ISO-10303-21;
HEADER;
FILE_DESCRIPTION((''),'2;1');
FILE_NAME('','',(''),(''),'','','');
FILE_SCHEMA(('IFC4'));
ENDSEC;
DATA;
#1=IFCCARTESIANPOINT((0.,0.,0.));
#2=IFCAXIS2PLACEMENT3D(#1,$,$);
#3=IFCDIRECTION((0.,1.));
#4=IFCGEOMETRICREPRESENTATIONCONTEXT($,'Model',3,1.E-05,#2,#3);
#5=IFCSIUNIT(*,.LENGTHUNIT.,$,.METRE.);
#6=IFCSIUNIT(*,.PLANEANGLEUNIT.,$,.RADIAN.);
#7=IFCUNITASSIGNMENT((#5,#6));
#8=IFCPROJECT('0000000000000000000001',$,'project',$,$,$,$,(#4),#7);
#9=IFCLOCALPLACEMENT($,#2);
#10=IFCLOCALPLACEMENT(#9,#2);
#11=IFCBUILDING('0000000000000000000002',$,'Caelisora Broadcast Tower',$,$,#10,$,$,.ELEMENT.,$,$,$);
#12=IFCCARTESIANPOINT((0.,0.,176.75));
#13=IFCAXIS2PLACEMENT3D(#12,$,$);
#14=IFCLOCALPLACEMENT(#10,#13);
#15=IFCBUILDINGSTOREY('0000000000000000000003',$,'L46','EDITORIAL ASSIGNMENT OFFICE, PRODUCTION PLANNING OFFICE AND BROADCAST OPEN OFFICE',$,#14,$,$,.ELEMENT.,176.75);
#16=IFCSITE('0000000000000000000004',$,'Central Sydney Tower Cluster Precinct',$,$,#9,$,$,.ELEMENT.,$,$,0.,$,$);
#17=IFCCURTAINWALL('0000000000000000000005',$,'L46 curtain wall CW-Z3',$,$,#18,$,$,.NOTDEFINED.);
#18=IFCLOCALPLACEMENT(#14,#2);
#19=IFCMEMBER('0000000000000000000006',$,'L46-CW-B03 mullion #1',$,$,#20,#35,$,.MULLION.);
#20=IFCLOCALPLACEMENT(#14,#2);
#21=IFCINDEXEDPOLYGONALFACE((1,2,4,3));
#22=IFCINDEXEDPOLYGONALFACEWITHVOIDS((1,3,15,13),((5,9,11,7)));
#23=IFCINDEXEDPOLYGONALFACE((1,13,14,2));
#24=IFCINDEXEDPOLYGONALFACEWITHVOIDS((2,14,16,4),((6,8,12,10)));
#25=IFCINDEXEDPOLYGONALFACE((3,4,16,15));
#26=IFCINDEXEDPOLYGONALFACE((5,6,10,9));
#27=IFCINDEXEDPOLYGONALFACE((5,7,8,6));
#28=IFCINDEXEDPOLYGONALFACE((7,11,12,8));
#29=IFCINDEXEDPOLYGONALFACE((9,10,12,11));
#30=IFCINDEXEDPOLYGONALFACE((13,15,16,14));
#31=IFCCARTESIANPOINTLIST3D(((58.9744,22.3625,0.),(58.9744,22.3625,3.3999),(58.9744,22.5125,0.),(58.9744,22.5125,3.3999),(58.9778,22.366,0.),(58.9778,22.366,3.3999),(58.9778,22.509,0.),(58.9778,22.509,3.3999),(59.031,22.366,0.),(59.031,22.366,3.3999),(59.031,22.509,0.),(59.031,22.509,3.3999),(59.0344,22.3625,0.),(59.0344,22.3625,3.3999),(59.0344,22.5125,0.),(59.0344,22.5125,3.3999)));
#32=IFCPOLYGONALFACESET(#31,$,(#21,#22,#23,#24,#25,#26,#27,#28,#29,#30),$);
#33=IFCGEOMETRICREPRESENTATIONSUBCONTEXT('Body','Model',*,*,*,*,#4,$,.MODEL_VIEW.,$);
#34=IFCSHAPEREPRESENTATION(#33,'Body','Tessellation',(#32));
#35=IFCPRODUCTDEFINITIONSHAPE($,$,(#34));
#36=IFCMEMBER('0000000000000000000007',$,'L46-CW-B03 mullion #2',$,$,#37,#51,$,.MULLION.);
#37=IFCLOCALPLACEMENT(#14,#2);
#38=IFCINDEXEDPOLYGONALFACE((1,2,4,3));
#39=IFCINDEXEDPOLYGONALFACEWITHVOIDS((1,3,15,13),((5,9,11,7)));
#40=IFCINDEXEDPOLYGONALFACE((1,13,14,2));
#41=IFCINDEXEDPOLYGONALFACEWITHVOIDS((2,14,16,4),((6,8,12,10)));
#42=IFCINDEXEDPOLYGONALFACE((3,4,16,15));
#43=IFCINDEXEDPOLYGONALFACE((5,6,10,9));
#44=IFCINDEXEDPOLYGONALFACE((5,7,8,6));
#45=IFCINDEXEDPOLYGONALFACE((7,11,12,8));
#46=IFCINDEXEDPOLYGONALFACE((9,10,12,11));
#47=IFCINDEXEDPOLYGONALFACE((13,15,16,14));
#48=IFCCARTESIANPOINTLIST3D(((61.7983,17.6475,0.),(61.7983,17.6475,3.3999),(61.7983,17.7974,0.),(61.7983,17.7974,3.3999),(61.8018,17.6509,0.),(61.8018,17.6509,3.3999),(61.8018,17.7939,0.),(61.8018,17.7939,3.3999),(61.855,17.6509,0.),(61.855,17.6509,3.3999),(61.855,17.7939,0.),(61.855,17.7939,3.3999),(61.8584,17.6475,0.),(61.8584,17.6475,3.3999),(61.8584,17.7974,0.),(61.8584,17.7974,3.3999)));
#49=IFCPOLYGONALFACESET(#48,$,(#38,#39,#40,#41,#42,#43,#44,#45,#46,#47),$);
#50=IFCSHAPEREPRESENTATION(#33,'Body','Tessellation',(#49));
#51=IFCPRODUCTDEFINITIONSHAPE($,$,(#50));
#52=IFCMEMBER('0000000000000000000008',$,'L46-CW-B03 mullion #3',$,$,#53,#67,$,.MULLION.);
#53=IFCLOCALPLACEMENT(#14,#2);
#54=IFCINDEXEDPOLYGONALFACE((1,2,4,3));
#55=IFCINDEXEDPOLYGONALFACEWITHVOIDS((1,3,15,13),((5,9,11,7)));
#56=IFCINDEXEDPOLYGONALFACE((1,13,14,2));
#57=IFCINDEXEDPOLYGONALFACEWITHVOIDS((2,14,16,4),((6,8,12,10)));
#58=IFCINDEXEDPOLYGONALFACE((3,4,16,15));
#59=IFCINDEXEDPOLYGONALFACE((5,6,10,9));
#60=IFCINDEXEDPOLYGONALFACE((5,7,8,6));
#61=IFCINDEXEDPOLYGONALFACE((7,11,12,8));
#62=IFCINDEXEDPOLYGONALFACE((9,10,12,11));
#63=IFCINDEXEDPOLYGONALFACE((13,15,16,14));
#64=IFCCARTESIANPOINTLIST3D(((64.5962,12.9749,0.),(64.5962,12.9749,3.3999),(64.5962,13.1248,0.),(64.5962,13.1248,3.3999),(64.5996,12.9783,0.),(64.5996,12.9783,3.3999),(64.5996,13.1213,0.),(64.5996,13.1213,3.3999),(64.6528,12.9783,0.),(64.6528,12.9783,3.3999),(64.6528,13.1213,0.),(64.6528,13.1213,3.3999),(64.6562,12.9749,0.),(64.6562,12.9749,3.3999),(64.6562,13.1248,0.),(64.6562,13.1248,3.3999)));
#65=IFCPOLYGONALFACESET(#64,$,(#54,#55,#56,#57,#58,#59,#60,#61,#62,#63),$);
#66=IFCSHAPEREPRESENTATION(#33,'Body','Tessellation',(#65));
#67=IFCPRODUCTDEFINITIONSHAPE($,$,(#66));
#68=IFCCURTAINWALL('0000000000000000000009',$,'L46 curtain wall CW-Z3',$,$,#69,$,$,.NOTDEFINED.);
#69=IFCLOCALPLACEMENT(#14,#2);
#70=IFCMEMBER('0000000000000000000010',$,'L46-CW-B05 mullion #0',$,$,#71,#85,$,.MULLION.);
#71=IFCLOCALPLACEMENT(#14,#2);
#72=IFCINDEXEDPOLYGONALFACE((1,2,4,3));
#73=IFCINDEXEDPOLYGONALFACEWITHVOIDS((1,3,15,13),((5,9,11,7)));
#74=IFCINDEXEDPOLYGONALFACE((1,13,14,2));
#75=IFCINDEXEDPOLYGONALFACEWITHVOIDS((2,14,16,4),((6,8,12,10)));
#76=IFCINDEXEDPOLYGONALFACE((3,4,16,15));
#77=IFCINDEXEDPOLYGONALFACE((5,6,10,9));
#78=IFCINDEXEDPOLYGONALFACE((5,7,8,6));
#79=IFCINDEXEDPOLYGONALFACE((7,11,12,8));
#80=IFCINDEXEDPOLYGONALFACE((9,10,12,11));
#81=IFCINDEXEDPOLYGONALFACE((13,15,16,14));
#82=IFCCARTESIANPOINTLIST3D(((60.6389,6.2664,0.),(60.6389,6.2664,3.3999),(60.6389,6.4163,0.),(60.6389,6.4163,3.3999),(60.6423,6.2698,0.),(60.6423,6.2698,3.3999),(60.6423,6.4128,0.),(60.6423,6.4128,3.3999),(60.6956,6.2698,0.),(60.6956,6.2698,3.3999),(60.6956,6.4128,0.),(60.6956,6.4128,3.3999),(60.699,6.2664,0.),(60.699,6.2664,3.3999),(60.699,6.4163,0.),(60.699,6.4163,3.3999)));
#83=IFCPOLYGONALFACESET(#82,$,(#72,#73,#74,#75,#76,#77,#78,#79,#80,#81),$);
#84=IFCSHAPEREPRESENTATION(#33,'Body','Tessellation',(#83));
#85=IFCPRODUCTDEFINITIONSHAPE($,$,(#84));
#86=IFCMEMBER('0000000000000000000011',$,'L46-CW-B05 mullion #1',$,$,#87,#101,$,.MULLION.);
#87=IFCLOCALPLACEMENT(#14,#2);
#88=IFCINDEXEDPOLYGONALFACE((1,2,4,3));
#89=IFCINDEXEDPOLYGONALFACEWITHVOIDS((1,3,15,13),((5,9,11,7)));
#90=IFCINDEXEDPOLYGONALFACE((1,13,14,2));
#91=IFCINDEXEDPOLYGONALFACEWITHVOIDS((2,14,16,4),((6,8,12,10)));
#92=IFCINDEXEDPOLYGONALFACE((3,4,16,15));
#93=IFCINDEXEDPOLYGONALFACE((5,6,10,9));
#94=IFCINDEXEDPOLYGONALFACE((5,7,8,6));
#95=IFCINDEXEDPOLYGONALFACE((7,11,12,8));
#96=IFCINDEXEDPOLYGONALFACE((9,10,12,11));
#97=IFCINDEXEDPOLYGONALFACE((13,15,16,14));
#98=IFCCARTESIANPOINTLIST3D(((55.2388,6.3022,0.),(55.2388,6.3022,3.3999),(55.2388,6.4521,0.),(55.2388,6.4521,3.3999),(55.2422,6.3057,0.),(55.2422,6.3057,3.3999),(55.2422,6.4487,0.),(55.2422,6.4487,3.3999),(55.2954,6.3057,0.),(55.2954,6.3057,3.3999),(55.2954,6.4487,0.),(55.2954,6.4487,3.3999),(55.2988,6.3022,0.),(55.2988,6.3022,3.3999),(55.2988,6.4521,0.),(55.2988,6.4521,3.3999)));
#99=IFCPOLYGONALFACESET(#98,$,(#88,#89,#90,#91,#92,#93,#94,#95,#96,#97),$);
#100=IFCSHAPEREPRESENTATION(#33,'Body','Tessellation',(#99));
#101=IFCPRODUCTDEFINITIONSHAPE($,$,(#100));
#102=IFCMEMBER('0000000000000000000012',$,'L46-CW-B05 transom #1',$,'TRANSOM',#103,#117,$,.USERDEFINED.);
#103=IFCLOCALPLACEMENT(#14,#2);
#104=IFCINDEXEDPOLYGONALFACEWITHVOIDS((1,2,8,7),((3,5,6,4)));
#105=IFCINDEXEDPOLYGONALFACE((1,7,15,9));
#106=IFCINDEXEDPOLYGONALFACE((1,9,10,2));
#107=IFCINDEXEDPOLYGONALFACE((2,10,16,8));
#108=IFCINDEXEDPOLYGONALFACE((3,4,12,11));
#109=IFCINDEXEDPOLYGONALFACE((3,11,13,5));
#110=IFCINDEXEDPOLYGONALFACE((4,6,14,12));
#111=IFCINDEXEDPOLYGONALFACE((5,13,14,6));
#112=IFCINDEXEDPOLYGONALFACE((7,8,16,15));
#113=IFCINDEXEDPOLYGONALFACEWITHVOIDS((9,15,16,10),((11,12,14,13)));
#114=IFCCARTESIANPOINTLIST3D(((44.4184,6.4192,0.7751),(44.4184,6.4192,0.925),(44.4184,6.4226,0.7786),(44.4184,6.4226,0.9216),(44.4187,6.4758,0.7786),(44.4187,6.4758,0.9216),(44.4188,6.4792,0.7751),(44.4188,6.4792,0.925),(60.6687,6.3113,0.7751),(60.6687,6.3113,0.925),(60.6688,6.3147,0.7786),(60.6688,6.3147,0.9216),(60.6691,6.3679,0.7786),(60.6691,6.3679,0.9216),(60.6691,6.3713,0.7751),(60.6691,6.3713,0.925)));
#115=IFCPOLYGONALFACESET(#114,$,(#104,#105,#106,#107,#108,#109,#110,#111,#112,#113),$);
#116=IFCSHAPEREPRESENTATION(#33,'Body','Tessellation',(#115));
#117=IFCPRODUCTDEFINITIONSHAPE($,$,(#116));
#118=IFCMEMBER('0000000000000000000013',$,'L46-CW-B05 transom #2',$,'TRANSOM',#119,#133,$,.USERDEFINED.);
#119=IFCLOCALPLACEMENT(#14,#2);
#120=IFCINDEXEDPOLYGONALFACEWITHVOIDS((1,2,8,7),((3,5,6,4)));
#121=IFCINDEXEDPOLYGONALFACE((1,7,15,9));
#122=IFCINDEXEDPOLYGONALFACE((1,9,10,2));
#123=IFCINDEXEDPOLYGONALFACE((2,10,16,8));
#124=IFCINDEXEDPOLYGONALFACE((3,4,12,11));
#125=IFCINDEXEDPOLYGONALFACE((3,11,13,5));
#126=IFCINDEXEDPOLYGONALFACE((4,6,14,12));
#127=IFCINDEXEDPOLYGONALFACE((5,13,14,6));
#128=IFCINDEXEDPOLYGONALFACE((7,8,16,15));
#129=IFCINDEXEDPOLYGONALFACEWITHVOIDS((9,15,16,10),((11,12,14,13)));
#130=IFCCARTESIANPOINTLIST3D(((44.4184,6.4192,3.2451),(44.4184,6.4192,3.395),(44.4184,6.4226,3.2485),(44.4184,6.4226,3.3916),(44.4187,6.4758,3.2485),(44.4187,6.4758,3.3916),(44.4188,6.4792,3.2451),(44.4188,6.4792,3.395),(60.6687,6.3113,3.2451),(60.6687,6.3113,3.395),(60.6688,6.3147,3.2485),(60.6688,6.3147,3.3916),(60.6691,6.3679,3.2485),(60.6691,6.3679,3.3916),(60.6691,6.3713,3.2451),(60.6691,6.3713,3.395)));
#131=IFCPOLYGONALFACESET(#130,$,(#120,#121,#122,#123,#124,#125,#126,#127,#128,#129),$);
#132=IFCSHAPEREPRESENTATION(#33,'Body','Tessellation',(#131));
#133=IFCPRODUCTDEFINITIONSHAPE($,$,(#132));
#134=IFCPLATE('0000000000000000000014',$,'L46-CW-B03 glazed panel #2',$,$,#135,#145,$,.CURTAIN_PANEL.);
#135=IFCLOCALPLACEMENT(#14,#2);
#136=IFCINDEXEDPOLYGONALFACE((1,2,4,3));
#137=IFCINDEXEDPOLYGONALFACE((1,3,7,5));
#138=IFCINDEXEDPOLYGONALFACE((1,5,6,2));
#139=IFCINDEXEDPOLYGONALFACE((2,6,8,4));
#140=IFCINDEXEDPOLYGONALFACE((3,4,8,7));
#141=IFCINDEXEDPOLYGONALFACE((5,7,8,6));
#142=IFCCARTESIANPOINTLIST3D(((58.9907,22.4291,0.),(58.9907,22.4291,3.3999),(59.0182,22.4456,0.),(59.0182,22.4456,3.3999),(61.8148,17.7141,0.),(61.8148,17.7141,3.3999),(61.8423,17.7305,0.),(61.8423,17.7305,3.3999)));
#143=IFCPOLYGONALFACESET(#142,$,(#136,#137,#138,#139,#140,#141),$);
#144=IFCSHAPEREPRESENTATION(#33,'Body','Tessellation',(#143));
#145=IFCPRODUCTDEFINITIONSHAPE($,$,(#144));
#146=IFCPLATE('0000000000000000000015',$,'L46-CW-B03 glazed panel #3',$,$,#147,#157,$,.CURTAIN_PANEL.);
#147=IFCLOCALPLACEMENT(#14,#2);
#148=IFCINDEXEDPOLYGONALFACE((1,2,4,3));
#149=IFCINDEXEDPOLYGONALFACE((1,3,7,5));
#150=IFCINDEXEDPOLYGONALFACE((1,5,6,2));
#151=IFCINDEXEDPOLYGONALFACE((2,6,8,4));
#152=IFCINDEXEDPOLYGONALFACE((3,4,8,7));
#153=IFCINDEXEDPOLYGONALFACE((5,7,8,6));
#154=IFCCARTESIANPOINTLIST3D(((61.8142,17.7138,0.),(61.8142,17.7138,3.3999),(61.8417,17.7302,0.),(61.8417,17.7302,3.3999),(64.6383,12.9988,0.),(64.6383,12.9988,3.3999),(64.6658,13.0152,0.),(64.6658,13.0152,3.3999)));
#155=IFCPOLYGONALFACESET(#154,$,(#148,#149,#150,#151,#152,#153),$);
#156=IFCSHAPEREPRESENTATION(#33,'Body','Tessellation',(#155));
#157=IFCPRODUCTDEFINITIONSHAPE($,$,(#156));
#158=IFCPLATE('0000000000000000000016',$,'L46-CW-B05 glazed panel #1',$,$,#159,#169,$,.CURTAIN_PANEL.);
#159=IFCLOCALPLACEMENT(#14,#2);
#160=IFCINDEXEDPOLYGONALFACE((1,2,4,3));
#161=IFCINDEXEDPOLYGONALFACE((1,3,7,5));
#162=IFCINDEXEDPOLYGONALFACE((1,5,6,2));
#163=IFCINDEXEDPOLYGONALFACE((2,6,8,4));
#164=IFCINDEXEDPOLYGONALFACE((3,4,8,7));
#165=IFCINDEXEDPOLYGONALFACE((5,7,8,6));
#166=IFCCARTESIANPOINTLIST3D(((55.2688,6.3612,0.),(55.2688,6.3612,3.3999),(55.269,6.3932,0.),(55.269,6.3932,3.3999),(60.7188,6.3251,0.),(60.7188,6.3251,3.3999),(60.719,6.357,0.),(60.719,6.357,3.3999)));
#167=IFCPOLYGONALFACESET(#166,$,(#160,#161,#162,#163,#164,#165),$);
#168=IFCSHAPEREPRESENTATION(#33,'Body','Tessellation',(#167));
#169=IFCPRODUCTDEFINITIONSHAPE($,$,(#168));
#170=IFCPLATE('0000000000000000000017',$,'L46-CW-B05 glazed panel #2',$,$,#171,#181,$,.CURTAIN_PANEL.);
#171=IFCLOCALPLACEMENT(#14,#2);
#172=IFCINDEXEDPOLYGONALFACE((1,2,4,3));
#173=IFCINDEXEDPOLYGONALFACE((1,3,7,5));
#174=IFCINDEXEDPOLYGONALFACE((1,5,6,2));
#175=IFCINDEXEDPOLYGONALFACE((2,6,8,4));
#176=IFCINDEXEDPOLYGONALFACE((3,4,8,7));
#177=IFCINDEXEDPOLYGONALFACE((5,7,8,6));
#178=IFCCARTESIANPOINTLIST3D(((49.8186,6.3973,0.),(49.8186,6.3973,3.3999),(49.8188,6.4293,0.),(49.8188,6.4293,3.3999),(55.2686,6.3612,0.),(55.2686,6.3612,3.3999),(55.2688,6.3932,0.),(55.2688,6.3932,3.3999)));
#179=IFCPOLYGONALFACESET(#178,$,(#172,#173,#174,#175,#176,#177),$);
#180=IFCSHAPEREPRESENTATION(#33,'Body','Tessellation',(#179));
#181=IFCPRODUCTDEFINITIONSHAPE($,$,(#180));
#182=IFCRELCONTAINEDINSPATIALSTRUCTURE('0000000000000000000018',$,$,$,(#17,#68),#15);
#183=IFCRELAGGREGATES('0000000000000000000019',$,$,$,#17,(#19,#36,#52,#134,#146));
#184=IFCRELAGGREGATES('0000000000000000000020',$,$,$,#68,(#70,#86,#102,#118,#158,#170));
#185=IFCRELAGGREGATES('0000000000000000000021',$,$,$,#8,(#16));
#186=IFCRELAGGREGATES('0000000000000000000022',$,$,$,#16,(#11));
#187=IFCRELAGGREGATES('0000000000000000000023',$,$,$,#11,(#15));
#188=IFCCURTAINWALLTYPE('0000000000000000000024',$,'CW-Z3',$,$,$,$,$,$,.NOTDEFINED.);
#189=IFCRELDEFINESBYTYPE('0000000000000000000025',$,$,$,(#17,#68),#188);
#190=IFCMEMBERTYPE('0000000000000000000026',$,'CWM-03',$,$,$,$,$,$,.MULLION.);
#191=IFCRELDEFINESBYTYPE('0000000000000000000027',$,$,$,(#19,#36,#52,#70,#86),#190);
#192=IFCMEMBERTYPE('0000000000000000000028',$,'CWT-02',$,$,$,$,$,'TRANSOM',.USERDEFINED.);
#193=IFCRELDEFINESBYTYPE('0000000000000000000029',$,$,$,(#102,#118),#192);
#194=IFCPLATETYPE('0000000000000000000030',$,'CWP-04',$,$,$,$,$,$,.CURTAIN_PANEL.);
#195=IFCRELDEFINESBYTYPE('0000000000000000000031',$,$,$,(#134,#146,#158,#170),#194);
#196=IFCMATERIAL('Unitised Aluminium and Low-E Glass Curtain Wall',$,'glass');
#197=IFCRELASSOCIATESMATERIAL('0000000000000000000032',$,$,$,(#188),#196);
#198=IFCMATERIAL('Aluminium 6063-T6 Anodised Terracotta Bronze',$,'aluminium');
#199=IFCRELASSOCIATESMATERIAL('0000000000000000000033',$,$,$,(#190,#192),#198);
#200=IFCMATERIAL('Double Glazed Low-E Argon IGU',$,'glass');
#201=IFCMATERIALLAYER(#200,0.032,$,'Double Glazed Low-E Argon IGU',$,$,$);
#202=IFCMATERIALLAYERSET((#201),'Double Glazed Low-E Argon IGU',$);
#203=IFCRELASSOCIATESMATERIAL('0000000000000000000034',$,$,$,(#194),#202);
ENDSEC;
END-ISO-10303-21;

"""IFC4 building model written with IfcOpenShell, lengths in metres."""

from ifc_helpers import new_model, si_unit, direction, frame, origin, origin_2d, place, context, subcontext, project, spatial, rectangle, hollow_rectangle, extrude, source, transform, mapped, material, layer, layer_set, material_profile, profile_set, type_object, type_shapes, element, aggregate, save


model = new_model("IFC4")

# Units and contexts
model_context = context("Model", 3, precision=1e-05, world=origin(), true_north=direction((0.0, 1.0)))
body_context = subcontext(model_context, "Body", "Model", "MODEL_VIEW")
ifc_project = project(units=[si_unit("LENGTHUNIT", "METRE"), si_unit("PLANEANGLEUNIT", "RADIAN")], contexts=[model_context])

# Site, building, storey
site_placement = place(None, origin())
site = spatial("IfcSite", under=ifc_project, at=site_placement, Name="Central Sydney Tower Cluster Precinct", CompositionType="ELEMENT", RefElevation=0.0)
building_placement = place(site_placement, origin())
building = spatial("IfcBuilding", under=site, at=building_placement, Name="Caelisora Broadcast Tower", CompositionType="ELEMENT")
storey_placement = place(building_placement, frame((0.0, 0.0, 176.75)))
storey = spatial("IfcBuildingStorey", under=building, at=storey_placement, Name="L46", Description="EDITORIAL ASSIGNMENT OFFICE, PRODUCTION PLANNING OFFICE AND BROADCAST OPEN OFFICE", CompositionType="ELEMENT", Elevation=176.75)

# Curtain walls, members
ifc_material_1 = material(Name="Unitised Aluminium and Low-E Glass Curtain Wall", Category="glass")
curtain_wall_type = type_object("IfcCurtainWallType", Name="CW-Z3", PredefinedType="NOTDEFINED", material=ifc_material_1)
curtain_wall_1_placement = place(storey_placement, origin())
curtain_wall_1 = element("IfcCurtainWall", 1, at=curtain_wall_1_placement, inside=storey, type_object=curtain_wall_type, Name="L46 curtain wall CW-Z3", PredefinedType="NOTDEFINED")
ifc_material_2 = material(Name="Aluminium 6063-T6 Anodised Terracotta Bronze", Category="aluminium")
ifc_material_profile_1 = material_profile(ifc_material_2, hollow_rectangle(XDim=0.0601, YDim=0.1499, WallThickness=0.0034, at=origin_2d()), Name="Aluminium 6063-T6 Anodised Terracotta Bronze")
ifc_profile_set_1 = profile_set([ifc_material_profile_1], Name="Aluminium 6063-T6 Anodised Terracotta Bronze")
member_type_1 = type_object("IfcMemberType", Name="CWM-03", PredefinedType="MULLION", material=ifc_profile_set_1)
shared_shape_1 = source(origin(), body_context, "Body", "SweptSolid", [
    extrude(hollow_rectangle(XDim=0.0601, YDim=0.1499, WallThickness=0.0034, at=origin_2d()), origin(), (0.0, 0.0, 1.0), 3.3999),
])
type_shapes(member_type_1, [shared_shape_1])
member_1_placement = place(storey_placement, frame((59.0044, 22.4375, 0.0), z_axis=(0.0, 0.0, 1.0), x_axis=(1.0, 0.0, 0.0)))
member_1 = element("IfcMember", 2, at=member_1_placement, type_object=member_type_1, Name="L46-CW-B03 mullion #1", PredefinedType="MULLION", context=body_context, shape_type="MappedRepresentation", body=[
    mapped(shared_shape_1, transform((0.0, 0.0, 0.0), scale=1.0)),
])
member_2_placement = place(storey_placement, frame((61.8284, 17.7224, 0.0), z_axis=(0.0, 0.0, 1.0), x_axis=(1.0, 0.0, 0.0)))
member_2 = element("IfcMember", 3, at=member_2_placement, type_object=member_type_1, Name="L46-CW-B03 mullion #2", PredefinedType="MULLION", context=body_context, shape_type="MappedRepresentation", body=[
    mapped(shared_shape_1, transform((0.0, 0.0, 0.0), scale=1.0)),
])
member_3_placement = place(storey_placement, frame((64.6262, 13.0498, 0.0), z_axis=(0.0, 0.0, 1.0), x_axis=(1.0, 0.0, 0.0)))
member_3 = element("IfcMember", 4, at=member_3_placement, type_object=member_type_1, Name="L46-CW-B03 mullion #3", PredefinedType="MULLION", context=body_context, shape_type="MappedRepresentation", body=[
    mapped(shared_shape_1, transform((0.0, 0.0, 0.0), scale=1.0)),
])
curtain_wall_2_placement = place(storey_placement, origin())
curtain_wall_2 = element("IfcCurtainWall", 5, at=curtain_wall_2_placement, inside=storey, type_object=curtain_wall_type, Name="L46 curtain wall CW-Z3", PredefinedType="NOTDEFINED")
member_4_placement = place(storey_placement, frame((60.6689, 6.3413, 0.0), z_axis=(0.0, 0.0, 1.0), x_axis=(1.0, 0.0, 0.0)))
member_4 = element("IfcMember", 6, at=member_4_placement, type_object=member_type_1, Name="L46-CW-B05 mullion #0", PredefinedType="MULLION", context=body_context, shape_type="MappedRepresentation", body=[
    mapped(shared_shape_1, transform((0.0, 0.0, 0.0), scale=1.0)),
])
member_5_placement = place(storey_placement, frame((55.2688, 6.3772, 0.0), z_axis=(0.0, 0.0, 1.0), x_axis=(1.0, 0.0, 0.0)))
member_5 = element("IfcMember", 7, at=member_5_placement, type_object=member_type_1, Name="L46-CW-B05 mullion #1", PredefinedType="MULLION", context=body_context, shape_type="MappedRepresentation", body=[
    mapped(shared_shape_1, transform((0.0, 0.0, 0.0), scale=1.0)),
])
ifc_material_profile_2 = material_profile(ifc_material_2, hollow_rectangle(XDim=0.0601, YDim=0.1499, WallThickness=0.0034, at=origin_2d()), Name="Aluminium 6063-T6 Anodised Terracotta Bronze")
ifc_profile_set_2 = profile_set([ifc_material_profile_2], Name="Aluminium 6063-T6 Anodised Terracotta Bronze")
member_type_2 = type_object("IfcMemberType", Name="CWT-02", ElementType="TRANSOM", PredefinedType="USERDEFINED", material=ifc_profile_set_2)
shared_shape_2 = source(origin(), body_context, "Body", "SweptSolid", [
    extrude(hollow_rectangle(XDim=0.0601, YDim=0.1499, WallThickness=0.0034, at=origin_2d()), origin(), (0.0, 0.0, 1.0), 16.2507),
])
type_shapes(member_type_2, [shared_shape_2])
member_6_placement = place(storey_placement, frame((60.6689, 6.3413, 0.8501), z_axis=(-0.999978, 0.00664, 0.0), x_axis=(-0.00664, -0.999978, 0.0)))
member_6 = element("IfcMember", 8, at=member_6_placement, type_object=member_type_2, Name="L46-CW-B05 transom #1", ObjectType="TRANSOM", PredefinedType="USERDEFINED", context=body_context, shape_type="MappedRepresentation", body=[
    mapped(shared_shape_2, transform((0.0, 0.0, 0.0), scale=1.0)),
])
member_7_placement = place(storey_placement, frame((60.6689, 6.3413, 3.3201), z_axis=(-0.999978, 0.00664, 0.0), x_axis=(-0.00664, -0.999978, 0.0)))
member_7 = element("IfcMember", 9, at=member_7_placement, type_object=member_type_2, Name="L46-CW-B05 transom #2", ObjectType="TRANSOM", PredefinedType="USERDEFINED", context=body_context, shape_type="MappedRepresentation", body=[
    mapped(shared_shape_2, transform((0.0, 0.0, 0.0), scale=1.0)),
])

# Plates
ifc_material_3 = material(Name="Double Glazed Low-E Argon IGU", Category="glass")
ifc_layer_1 = layer(ifc_material_3, 0.032, Name="Double Glazed Low-E Argon IGU")
ifc_layer_set_1 = layer_set([ifc_layer_1], Name="Double Glazed Low-E Argon IGU")
plate_type = type_object("IfcPlateType", Name="CWP-04", PredefinedType="CURTAIN_PANEL", material=ifc_layer_set_1)
shared_shape_3 = source(origin(), body_context, "Body", "SweptSolid", [
    extrude(rectangle(XDim=5.4961, YDim=0.032, at=origin_2d()), origin(), (0.0, 0.0, 1.0), 3.3999),
])
plate_1_placement = place(storey_placement, frame((60.4165, 20.0798, 0.0), z_axis=(0.0, 0.0, 1.0), x_axis=(0.513841, -0.857886, 0.0)))
plate_1 = element("IfcPlate", 10, at=plate_1_placement, type_object=plate_type, Name="L46-CW-B03 glazed panel #2", PredefinedType="CURTAIN_PANEL", context=body_context, shape_type="MappedRepresentation", body=[
    mapped(shared_shape_3, transform((0.0, 0.0, 0.0), scale=1.0)),
])
plate_2_placement = place(storey_placement, frame((63.24, 15.3645, 0.0), z_axis=(0.0, 0.0, 1.0), x_axis=(0.513841, -0.857886, 0.0)))
plate_2 = element("IfcPlate", 11, at=plate_2_placement, type_object=plate_type, Name="L46-CW-B03 glazed panel #3", PredefinedType="CURTAIN_PANEL", context=body_context, shape_type="MappedRepresentation", body=[
    mapped(shared_shape_3, transform((0.0, 0.0, 0.0), scale=1.0)),
])
aggregate(curtain_wall_1, [member_1, member_2, member_3, plate_1, plate_2])
shared_shape_4 = source(origin(), body_context, "Body", "SweptSolid", [
    extrude(rectangle(XDim=5.4502, YDim=0.032, at=origin_2d()), origin(), (0.0, 0.0, 1.0), 3.3999),
])
type_shapes(plate_type, [shared_shape_3, shared_shape_4])
plate_3_placement = place(storey_placement, frame((57.9939, 6.3591, 0.0), z_axis=(0.0, 0.0, 1.0), x_axis=(-0.999978, 0.006632, 0.0)))
plate_3 = element("IfcPlate", 12, at=plate_3_placement, type_object=plate_type, Name="L46-CW-B05 glazed panel #1", PredefinedType="CURTAIN_PANEL", context=body_context, shape_type="MappedRepresentation", body=[
    mapped(shared_shape_4, transform((0.0, 0.0, 0.0), scale=1.0)),
])
plate_4_placement = place(storey_placement, frame((52.5437, 6.3953, 0.0), z_axis=(0.0, 0.0, 1.0), x_axis=(-0.999978, 0.006632, 0.0)))
plate_4 = element("IfcPlate", 13, at=plate_4_placement, type_object=plate_type, Name="L46-CW-B05 glazed panel #2", PredefinedType="CURTAIN_PANEL", context=body_context, shape_type="MappedRepresentation", body=[
    mapped(shared_shape_4, transform((0.0, 0.0, 0.0), scale=1.0)),
])
aggregate(curtain_wall_2, [member_4, member_5, member_6, member_7, plate_3, plate_4])

save(model, "model.ifc")
